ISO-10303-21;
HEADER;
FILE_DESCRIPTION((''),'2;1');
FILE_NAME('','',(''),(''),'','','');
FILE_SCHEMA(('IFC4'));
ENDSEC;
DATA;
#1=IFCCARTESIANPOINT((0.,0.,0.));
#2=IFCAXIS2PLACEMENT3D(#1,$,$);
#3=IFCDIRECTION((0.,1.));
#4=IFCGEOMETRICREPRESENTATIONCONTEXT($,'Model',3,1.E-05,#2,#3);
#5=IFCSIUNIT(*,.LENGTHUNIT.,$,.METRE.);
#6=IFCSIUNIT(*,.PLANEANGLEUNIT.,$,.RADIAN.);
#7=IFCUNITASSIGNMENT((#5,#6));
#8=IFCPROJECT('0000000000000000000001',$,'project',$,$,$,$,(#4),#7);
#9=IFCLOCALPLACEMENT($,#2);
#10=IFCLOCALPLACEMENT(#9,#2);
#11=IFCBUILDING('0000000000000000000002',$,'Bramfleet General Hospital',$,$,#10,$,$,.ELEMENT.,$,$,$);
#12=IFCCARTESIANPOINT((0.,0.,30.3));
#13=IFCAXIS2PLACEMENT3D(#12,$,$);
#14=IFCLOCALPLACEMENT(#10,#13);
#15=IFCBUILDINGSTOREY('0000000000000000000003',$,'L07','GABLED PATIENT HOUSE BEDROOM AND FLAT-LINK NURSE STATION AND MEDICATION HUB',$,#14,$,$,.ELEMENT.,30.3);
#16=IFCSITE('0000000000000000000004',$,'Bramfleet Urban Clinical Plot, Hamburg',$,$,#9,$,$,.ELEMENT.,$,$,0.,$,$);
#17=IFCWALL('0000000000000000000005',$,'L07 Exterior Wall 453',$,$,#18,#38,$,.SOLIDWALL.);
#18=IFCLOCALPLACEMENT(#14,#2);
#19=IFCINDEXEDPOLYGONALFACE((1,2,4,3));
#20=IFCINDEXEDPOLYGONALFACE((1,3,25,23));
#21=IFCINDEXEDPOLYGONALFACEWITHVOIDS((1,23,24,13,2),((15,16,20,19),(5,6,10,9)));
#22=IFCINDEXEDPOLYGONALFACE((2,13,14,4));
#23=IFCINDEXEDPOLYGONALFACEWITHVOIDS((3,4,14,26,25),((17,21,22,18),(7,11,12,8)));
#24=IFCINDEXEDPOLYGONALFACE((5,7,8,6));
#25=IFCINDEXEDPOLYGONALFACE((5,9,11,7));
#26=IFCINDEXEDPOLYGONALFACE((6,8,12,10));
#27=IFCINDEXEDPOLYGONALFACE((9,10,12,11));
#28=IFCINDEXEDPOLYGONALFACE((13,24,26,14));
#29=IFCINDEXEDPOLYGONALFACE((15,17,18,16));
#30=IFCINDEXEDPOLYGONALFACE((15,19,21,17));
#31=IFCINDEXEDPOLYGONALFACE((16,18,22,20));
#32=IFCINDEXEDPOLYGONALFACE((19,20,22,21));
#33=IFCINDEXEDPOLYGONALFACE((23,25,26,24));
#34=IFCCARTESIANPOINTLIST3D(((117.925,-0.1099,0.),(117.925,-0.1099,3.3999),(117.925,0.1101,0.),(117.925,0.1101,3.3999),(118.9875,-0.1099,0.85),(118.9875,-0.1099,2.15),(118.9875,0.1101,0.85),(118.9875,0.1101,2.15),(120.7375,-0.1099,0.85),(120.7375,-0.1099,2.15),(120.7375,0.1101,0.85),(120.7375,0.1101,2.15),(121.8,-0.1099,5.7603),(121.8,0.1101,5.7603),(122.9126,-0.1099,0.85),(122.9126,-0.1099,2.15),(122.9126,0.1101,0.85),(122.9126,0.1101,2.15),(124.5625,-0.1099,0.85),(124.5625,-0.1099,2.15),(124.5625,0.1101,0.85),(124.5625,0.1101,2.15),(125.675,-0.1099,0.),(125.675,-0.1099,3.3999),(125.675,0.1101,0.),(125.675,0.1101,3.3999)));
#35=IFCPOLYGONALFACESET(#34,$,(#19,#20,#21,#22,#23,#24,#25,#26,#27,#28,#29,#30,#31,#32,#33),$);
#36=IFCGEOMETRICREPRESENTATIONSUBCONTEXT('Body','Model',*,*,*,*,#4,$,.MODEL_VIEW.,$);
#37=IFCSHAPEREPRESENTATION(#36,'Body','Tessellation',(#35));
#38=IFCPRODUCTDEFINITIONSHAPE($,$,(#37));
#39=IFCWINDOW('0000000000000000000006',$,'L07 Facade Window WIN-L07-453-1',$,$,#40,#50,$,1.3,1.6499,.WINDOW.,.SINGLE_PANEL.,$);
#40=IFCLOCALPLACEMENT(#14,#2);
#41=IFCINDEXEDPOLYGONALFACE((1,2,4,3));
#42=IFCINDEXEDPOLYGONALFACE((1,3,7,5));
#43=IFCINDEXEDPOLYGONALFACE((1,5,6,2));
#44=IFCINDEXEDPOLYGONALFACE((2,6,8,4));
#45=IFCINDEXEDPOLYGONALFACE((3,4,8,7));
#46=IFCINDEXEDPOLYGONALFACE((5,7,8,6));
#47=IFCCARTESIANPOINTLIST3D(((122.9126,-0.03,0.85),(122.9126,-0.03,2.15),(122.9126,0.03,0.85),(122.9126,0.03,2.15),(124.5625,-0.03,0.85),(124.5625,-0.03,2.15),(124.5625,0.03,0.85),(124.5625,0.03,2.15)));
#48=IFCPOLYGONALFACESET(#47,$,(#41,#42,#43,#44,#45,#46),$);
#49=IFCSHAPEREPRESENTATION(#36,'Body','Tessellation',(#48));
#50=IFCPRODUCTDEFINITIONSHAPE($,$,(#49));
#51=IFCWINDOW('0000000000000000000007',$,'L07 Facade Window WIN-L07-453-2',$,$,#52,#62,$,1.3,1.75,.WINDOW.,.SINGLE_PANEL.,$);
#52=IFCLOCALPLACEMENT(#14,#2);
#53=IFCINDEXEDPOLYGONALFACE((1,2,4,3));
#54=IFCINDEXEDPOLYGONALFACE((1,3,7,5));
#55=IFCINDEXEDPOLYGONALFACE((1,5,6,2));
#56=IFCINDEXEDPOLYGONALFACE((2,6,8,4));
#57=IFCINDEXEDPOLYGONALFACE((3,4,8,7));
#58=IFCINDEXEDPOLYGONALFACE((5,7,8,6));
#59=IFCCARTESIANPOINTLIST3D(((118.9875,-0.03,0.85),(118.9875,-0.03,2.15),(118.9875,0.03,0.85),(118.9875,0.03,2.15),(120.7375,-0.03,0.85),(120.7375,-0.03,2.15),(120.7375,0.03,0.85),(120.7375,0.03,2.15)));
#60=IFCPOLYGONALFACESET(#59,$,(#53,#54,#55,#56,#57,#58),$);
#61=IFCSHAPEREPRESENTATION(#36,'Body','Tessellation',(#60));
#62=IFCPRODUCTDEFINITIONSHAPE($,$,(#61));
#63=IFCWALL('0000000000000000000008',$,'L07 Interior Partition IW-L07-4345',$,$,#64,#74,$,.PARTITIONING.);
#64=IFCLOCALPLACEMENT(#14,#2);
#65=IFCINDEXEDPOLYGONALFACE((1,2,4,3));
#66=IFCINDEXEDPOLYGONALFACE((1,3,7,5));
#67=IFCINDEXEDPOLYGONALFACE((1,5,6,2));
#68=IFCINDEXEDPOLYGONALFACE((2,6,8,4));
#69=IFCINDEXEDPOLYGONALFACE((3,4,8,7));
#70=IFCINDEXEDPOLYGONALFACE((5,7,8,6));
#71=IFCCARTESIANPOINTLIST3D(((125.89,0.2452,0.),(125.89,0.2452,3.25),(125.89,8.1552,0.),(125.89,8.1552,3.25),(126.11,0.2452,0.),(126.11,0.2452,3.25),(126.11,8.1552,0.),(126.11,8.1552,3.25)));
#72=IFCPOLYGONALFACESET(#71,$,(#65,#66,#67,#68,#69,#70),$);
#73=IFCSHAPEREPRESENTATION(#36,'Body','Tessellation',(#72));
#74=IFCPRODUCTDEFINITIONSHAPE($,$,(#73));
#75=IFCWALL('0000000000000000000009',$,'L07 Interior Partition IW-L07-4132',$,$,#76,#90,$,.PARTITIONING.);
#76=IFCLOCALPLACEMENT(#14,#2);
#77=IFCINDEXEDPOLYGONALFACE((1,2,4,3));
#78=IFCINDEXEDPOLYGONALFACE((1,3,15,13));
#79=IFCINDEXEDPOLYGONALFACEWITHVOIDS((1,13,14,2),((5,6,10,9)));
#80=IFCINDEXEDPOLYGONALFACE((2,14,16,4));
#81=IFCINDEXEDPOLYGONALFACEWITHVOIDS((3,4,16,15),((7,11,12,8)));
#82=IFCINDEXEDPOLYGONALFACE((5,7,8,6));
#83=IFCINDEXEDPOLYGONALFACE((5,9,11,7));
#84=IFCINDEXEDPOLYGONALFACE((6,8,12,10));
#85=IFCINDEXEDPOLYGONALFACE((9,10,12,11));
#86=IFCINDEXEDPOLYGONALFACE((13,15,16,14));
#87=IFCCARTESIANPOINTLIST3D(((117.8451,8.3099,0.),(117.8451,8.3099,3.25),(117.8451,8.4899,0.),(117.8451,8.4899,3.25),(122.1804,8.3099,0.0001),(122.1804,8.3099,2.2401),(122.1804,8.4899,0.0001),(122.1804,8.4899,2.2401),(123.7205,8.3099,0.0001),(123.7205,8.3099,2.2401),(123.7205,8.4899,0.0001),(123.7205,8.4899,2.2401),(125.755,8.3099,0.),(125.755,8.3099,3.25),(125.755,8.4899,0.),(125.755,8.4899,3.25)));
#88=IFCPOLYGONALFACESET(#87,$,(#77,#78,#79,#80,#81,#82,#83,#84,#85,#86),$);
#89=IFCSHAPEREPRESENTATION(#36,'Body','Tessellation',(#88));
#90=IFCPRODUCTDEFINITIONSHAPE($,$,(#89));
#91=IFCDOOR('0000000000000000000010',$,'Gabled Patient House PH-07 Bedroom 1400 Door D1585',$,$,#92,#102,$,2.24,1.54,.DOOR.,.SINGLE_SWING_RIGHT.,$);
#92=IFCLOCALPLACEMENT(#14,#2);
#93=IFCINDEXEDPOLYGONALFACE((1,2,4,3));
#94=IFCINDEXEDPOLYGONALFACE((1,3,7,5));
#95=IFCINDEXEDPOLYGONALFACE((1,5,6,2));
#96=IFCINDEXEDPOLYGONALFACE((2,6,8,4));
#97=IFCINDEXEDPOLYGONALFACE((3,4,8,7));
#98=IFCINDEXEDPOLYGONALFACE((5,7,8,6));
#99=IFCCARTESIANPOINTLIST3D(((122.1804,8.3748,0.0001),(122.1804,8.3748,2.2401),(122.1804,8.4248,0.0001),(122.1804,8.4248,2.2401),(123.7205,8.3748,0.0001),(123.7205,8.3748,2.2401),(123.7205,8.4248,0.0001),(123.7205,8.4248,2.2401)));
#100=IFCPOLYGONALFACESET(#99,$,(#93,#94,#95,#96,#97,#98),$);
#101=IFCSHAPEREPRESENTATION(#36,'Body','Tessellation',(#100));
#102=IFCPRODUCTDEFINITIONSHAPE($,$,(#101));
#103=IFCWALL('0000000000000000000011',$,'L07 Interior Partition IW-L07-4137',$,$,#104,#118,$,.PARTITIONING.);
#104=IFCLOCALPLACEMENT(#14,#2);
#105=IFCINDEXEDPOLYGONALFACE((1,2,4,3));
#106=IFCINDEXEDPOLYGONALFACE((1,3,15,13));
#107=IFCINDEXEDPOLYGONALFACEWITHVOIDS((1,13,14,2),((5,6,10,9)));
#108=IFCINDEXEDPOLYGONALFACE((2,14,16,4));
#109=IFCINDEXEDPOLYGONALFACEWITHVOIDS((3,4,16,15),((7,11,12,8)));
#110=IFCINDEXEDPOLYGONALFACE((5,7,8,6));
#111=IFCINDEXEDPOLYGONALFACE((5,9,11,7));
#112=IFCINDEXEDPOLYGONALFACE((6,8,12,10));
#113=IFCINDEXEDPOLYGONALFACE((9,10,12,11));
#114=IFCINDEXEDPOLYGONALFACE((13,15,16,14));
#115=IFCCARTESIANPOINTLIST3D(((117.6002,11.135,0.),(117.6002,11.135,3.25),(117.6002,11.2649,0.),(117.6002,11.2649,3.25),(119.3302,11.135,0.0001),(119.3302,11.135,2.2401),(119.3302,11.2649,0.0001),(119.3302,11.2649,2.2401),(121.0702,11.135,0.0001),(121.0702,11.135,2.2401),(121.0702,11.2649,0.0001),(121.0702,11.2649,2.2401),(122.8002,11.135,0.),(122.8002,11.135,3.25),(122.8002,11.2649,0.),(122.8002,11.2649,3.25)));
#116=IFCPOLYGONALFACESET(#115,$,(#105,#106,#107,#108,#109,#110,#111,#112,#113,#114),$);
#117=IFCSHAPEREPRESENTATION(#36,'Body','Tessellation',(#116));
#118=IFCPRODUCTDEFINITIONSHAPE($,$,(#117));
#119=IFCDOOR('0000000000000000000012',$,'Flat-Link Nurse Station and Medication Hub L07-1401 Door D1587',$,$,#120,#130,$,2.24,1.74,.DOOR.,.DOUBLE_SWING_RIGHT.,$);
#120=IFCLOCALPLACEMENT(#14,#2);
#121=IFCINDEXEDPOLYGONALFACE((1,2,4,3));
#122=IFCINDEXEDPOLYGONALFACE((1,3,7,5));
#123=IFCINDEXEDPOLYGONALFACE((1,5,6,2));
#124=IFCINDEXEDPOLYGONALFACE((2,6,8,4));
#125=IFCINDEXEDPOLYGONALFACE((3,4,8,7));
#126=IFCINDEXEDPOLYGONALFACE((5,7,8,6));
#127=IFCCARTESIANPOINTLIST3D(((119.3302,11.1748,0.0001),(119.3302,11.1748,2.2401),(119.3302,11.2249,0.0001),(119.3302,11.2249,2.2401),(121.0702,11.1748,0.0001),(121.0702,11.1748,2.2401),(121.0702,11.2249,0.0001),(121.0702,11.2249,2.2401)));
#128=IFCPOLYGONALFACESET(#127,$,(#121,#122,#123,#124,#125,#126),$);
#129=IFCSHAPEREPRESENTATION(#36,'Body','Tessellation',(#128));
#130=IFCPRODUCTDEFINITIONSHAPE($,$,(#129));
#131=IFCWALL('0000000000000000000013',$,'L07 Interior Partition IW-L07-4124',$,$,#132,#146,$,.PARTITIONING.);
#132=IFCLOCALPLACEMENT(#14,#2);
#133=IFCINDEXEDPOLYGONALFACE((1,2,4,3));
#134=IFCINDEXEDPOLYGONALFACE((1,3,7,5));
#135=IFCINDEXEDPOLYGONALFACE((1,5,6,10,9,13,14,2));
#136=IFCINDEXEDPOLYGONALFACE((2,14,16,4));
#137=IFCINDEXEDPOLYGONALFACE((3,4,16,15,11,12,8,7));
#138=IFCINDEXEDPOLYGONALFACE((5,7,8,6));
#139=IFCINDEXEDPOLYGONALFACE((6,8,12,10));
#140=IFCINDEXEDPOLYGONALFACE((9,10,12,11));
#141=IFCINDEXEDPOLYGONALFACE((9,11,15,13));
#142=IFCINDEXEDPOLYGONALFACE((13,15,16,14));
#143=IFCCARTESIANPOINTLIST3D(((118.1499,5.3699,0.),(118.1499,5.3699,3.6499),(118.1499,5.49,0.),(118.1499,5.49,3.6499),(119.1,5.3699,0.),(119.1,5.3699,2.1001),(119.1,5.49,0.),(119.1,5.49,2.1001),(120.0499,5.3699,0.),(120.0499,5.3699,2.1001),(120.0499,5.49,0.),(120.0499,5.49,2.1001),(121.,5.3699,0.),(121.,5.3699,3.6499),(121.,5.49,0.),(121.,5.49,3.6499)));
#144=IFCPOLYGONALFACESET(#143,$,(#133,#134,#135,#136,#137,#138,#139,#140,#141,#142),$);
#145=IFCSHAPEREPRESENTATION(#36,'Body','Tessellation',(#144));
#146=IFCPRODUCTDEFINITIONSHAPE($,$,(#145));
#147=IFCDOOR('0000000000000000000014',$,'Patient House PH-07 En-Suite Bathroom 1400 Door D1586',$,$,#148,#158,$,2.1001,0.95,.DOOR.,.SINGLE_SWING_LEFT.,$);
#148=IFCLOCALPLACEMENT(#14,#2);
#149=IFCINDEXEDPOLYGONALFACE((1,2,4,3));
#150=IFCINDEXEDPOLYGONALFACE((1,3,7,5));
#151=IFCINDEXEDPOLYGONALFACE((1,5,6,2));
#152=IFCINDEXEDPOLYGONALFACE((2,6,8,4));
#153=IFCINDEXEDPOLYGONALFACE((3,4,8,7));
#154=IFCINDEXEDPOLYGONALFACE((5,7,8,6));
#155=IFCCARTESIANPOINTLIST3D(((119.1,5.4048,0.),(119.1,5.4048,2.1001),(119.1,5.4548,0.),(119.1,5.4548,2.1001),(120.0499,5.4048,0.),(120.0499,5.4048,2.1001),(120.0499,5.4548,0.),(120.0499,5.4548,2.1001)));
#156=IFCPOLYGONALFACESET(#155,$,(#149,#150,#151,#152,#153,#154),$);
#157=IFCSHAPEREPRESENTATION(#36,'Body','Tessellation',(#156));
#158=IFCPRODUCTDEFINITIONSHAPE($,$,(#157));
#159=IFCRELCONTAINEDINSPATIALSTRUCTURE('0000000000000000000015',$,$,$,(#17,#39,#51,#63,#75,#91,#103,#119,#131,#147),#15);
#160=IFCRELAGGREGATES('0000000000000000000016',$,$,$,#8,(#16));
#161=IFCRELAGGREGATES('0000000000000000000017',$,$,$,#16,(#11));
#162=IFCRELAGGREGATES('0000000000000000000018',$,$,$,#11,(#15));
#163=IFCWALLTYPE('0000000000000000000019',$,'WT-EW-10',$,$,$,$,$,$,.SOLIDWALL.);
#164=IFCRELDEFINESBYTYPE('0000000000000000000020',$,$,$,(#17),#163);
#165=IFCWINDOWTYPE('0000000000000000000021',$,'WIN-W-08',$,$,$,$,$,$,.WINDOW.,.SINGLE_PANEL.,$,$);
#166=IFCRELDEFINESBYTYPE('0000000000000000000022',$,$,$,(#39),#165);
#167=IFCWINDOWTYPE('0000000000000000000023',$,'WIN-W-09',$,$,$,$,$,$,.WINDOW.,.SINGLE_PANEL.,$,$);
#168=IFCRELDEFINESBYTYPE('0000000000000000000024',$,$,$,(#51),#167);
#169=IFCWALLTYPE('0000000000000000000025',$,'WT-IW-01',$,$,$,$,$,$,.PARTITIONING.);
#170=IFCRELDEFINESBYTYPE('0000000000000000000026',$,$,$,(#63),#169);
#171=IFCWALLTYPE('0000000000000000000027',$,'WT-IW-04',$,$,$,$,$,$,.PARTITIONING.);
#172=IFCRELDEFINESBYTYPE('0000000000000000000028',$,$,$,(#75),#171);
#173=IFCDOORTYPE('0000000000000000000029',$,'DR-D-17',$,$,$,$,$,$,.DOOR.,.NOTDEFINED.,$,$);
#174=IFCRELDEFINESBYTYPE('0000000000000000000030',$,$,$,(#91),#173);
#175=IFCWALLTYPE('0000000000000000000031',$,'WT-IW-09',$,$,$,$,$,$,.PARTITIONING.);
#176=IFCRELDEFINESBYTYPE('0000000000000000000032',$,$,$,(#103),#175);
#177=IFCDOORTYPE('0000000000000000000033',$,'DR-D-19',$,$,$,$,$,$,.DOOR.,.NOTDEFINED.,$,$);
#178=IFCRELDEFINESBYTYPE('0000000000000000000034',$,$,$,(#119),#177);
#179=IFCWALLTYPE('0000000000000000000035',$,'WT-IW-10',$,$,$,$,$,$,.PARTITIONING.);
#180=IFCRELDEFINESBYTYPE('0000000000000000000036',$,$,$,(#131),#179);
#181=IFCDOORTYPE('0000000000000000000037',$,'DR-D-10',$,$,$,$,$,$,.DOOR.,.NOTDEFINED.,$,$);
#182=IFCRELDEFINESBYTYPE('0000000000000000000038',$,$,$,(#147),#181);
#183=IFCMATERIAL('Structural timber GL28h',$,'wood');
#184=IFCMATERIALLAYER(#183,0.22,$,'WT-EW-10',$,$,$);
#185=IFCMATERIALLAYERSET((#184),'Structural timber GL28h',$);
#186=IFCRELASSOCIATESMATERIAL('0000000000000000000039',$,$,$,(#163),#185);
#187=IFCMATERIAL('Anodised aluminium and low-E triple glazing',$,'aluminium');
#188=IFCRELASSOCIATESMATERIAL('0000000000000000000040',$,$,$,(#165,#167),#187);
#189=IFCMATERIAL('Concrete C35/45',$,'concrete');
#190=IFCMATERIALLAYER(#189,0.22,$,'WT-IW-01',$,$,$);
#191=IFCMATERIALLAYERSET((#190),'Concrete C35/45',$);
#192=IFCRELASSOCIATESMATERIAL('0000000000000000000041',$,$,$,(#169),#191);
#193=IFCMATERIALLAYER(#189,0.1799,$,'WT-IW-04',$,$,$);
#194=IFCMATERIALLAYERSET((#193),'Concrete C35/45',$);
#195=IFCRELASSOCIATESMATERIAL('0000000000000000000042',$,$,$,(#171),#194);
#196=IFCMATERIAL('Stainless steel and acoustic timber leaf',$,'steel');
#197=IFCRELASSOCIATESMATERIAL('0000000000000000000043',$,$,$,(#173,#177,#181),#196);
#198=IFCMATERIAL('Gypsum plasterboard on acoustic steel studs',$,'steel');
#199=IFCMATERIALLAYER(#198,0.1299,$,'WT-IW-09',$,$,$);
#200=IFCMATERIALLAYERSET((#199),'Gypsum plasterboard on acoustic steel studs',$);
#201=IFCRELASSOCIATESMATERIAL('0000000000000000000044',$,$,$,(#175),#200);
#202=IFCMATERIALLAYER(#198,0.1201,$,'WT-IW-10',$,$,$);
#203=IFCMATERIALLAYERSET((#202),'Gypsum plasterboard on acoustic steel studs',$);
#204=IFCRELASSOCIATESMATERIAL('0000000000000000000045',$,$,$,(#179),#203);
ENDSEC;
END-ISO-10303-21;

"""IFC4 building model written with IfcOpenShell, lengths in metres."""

from ifc_helpers import new_model, si_unit, direction, frame, frame_2d, origin, place, context, subcontext, project, spatial, polyline, rectangle, outline, extrude, material, layer, layer_set, type_object, element, fill, save


model = new_model("IFC4")

# Units and contexts
model_context = context("Model", 3, precision=1e-05, world=origin(), true_north=direction((0.0, 1.0)))
body_context = subcontext(model_context, "Body", "Model", "MODEL_VIEW")
ifc_project = project(units=[si_unit("LENGTHUNIT", "METRE"), si_unit("PLANEANGLEUNIT", "RADIAN")], contexts=[model_context])

# Site, building, storey
site_placement = place(None, origin())
site = spatial("IfcSite", under=ifc_project, at=site_placement, Name="Bramfleet Urban Clinical Plot, Hamburg", CompositionType="ELEMENT", RefElevation=0.0)
building_placement = place(site_placement, origin())
building = spatial("IfcBuilding", under=site, at=building_placement, Name="Bramfleet General Hospital", CompositionType="ELEMENT")
storey_placement = place(building_placement, frame((0.0, 0.0, 30.3)))
storey = spatial("IfcBuildingStorey", under=building, at=storey_placement, Name="L07", Description="GABLED PATIENT HOUSE BEDROOM AND FLAT-LINK NURSE STATION AND MEDICATION HUB", CompositionType="ELEMENT", Elevation=30.3)

# Wall, openings, windows
ifc_material_1 = material(Name="Structural timber GL28h", Category="wood")
ifc_layer_1 = layer(ifc_material_1, 0.22, Name="WT-EW-10")
ifc_layer_set_1 = layer_set([ifc_layer_1], Name="Structural timber GL28h")
wall_type_1 = type_object("IfcWallType", Name="WT-EW-10", PredefinedType="SOLIDWALL", material=ifc_layer_set_1)
wall_1_placement = place(storey_placement, frame((125.675, 0.0, 0.0), z_axis=(0.0, 0.0, 1.0), x_axis=(-1.0, 0.0, 0.0)))
wall_1 = element("IfcWall", 1, at=wall_1_placement, inside=storey, type_object=wall_type_1, Name="L07 Exterior Wall 453", PredefinedType="SOLIDWALL", context=body_context, shape_type="SweptSolid", body=[
    extrude(outline(polyline([(0.0, 0.0), (7.75, 0.0), (7.75, 3.3999), (3.875, 5.7603), (0.0, 3.3999), (0.0, 0.0)])), frame((0.0, 0.1099, 0.0), z_axis=(0.0, -1.0, 0.0), x_axis=(1.0, 0.0, 0.0)), (0.0, 0.0, 1.0), 0.22),
])
opening_1_placement = place(wall_1_placement, frame((1.1125, 0.0, 0.8501)))
opening_1 = element("IfcOpeningElement", 2, at=opening_1_placement, cuts=wall_1, PredefinedType="OPENING", context=body_context, shape_type="SweptSolid", body=[
    extrude(rectangle(XDim=1.6499, YDim=1.3, at=frame_2d((0.825, 0.6499))), frame((0.0, 0.1199, 0.0), z_axis=(0.0, -1.0, 0.0), x_axis=(1.0, 0.0, 0.0)), (0.0, 0.0, 1.0), 0.24),
])
opening_2_placement = place(wall_1_placement, frame((4.9375, 0.0, 0.8501)))
opening_2 = element("IfcOpeningElement", 3, at=opening_2_placement, cuts=wall_1, PredefinedType="OPENING", context=body_context, shape_type="SweptSolid", body=[
    extrude(rectangle(XDim=1.75, YDim=1.3, at=frame_2d((0.875, 0.6499))), frame((0.0, 0.1199, 0.0), z_axis=(0.0, -1.0, 0.0), x_axis=(1.0, 0.0, 0.0)), (0.0, 0.0, 1.0), 0.24),
])
ifc_material_2 = material(Name="Anodised aluminium and low-E triple glazing", Category="aluminium")
window_type_1 = type_object("IfcWindowType", Name="WIN-W-08", PartitioningType="SINGLE_PANEL", PredefinedType="WINDOW", material=ifc_material_2)
window_1_placement = place(opening_1_placement, origin())
window_1 = element("IfcWindow", 4, at=window_1_placement, inside=storey, type_object=window_type_1, Name="L07 Facade Window WIN-L07-453-1", OverallHeight=1.3, OverallWidth=1.6499, PartitioningType="SINGLE_PANEL", PredefinedType="WINDOW", context=body_context, shape_type="SweptSolid", body=[
    extrude(rectangle(XDim=1.6499, YDim=1.3, at=frame_2d((0.825, 0.6499))), frame((0.0, 0.03, 0.0), z_axis=(0.0, -1.0, 0.0), x_axis=(1.0, 0.0, 0.0)), (0.0, 0.0, 1.0), 0.0601),
])
fill(opening_1, window_1)
window_type_2 = type_object("IfcWindowType", Name="WIN-W-09", PartitioningType="SINGLE_PANEL", PredefinedType="WINDOW", material=ifc_material_2)
window_2_placement = place(opening_2_placement, origin())
window_2 = element("IfcWindow", 5, at=window_2_placement, inside=storey, type_object=window_type_2, Name="L07 Facade Window WIN-L07-453-2", OverallHeight=1.3, OverallWidth=1.75, PartitioningType="SINGLE_PANEL", PredefinedType="WINDOW", context=body_context, shape_type="SweptSolid", body=[
    extrude(rectangle(XDim=1.75, YDim=1.3, at=frame_2d((0.875, 0.6499))), frame((0.0, 0.03, 0.0), z_axis=(0.0, -1.0, 0.0), x_axis=(1.0, 0.0, 0.0)), (0.0, 0.0, 1.0), 0.0601),
])
fill(opening_2, window_2)

# Wall
ifc_material_3 = material(Name="Concrete C35/45", Category="concrete")
ifc_layer_2 = layer(ifc_material_3, 0.22, Name="WT-IW-01")
ifc_layer_set_2 = layer_set([ifc_layer_2], Name="Concrete C35/45")
wall_type_2 = type_object("IfcWallType", Name="WT-IW-01", PredefinedType="PARTITIONING", material=ifc_layer_set_2)
wall_2_placement = place(storey_placement, frame((126.0, 0.2451, 0.0), z_axis=(0.0, 0.0, 1.0), x_axis=(0.0, 1.0, 0.0)))
element("IfcWall", 6, at=wall_2_placement, inside=storey, type_object=wall_type_2, Name="L07 Interior Partition IW-L07-4345", PredefinedType="PARTITIONING", context=body_context, shape_type="SweptSolid", body=[
    extrude(rectangle(XDim=7.9099, YDim=0.22, at=frame_2d((3.9551, 0.0))), origin(), (0.0, 0.0, 1.0), 3.25),
])

# Walls, openings, doors
ifc_layer_3 = layer(ifc_material_3, 0.1799, Name="WT-IW-04")
ifc_layer_set_3 = layer_set([ifc_layer_3], Name="Concrete C35/45")
wall_type_3 = type_object("IfcWallType", Name="WT-IW-04", PredefinedType="PARTITIONING", material=ifc_layer_set_3)
wall_3_placement = place(storey_placement, frame((117.845, 8.3999, 0.0), z_axis=(0.0, 0.0, 1.0), x_axis=(1.0, 0.0, 0.0)))
wall_3 = element("IfcWall", 7, at=wall_3_placement, inside=storey, type_object=wall_type_3, Name="L07 Interior Partition IW-L07-4132", PredefinedType="PARTITIONING", context=body_context, shape_type="SweptSolid", body=[
    extrude(rectangle(XDim=7.9099, YDim=0.1799, at=frame_2d((3.9551, 0.0))), origin(), (0.0, 0.0, 1.0), 3.25),
])
opening_3_placement = place(wall_3_placement, frame((4.3354, 0.0, 0.0)))
opening_3 = element("IfcOpeningElement", 8, at=opening_3_placement, cuts=wall_3, PredefinedType="OPENING", context=body_context, shape_type="SweptSolid", body=[
    extrude(rectangle(XDim=1.54, YDim=2.24, at=frame_2d((0.77, 1.1201))), frame((0.0, 0.0999, 0.0), z_axis=(0.0, -1.0, 0.0), x_axis=(1.0, 0.0, 0.0)), (0.0, 0.0, 1.0), 0.2),
])
ifc_material_4 = material(Name="Stainless steel and acoustic timber leaf", Category="steel")
door_type_1 = type_object("IfcDoorType", Name="DR-D-17", OperationType="NOTDEFINED", PredefinedType="DOOR", material=ifc_material_4)
door_1_placement = place(opening_3_placement, origin())
door_1 = element("IfcDoor", 9, at=door_1_placement, inside=storey, type_object=door_type_1, Name="Gabled Patient House PH-07 Bedroom 1400 Door D1585", OperationType="SINGLE_SWING_RIGHT", OverallHeight=2.24, OverallWidth=1.54, PredefinedType="DOOR", context=body_context, shape_type="SweptSolid", body=[
    extrude(rectangle(XDim=1.54, YDim=2.24, at=frame_2d((0.77, 1.1201))), frame((0.0, 0.0249, 0.0), z_axis=(0.0, -1.0, 0.0), x_axis=(1.0, 0.0, 0.0)), (0.0, 0.0, 1.0), 0.05),
])
fill(opening_3, door_1)
ifc_material_5 = material(Name="Gypsum plasterboard on acoustic steel studs", Category="steel")
ifc_layer_4 = layer(ifc_material_5, 0.1299, Name="WT-IW-09")
ifc_layer_set_4 = layer_set([ifc_layer_4], Name="Gypsum plasterboard on acoustic steel studs")
wall_type_4 = type_object("IfcWallType", Name="WT-IW-09", PredefinedType="PARTITIONING", material=ifc_layer_set_4)
wall_4_placement = place(storey_placement, frame((117.6001, 11.2, 0.0), z_axis=(0.0, 0.0, 1.0), x_axis=(1.0, 0.0, 0.0)))
wall_4 = element("IfcWall", 10, at=wall_4_placement, inside=storey, type_object=wall_type_4, Name="L07 Interior Partition IW-L07-4137", PredefinedType="PARTITIONING", context=body_context, shape_type="SweptSolid", body=[
    extrude(rectangle(XDim=5.2, YDim=0.1299, at=frame_2d((2.6001, 0.0))), origin(), (0.0, 0.0, 1.0), 3.25),
])
opening_4_placement = place(wall_4_placement, frame((1.73, 0.0, 0.0)))
opening_4 = element("IfcOpeningElement", 11, at=opening_4_placement, cuts=wall_4, PredefinedType="OPENING", context=body_context, shape_type="SweptSolid", body=[
    extrude(rectangle(XDim=1.74, YDim=2.24, at=frame_2d((0.8701, 1.1201))), frame((0.0, 0.075, 0.0), z_axis=(0.0, -1.0, 0.0), x_axis=(1.0, 0.0, 0.0)), (0.0, 0.0, 1.0), 0.1499),
])
door_type_2 = type_object("IfcDoorType", Name="DR-D-19", OperationType="NOTDEFINED", PredefinedType="DOOR", material=ifc_material_4)
door_2_placement = place(opening_4_placement, origin())
door_2 = element("IfcDoor", 12, at=door_2_placement, inside=storey, type_object=door_type_2, Name="Flat-Link Nurse Station and Medication Hub L07-1401 Door D1587", OperationType="DOUBLE_SWING_RIGHT", OverallHeight=2.24, OverallWidth=1.74, PredefinedType="DOOR", context=body_context, shape_type="SweptSolid", body=[
    extrude(rectangle(XDim=1.74, YDim=2.24, at=frame_2d((0.8701, 1.1201))), frame((0.0, 0.0249, 0.0), z_axis=(0.0, -1.0, 0.0), x_axis=(1.0, 0.0, 0.0)), (0.0, 0.0, 1.0), 0.05),
])
fill(opening_4, door_2)
ifc_layer_5 = layer(ifc_material_5, 0.1201, Name="WT-IW-10")
ifc_layer_set_5 = layer_set([ifc_layer_5], Name="Gypsum plasterboard on acoustic steel studs")
wall_type_5 = type_object("IfcWallType", Name="WT-IW-10", PredefinedType="PARTITIONING", material=ifc_layer_set_5)
wall_5_placement = place(storey_placement, frame((118.1499, 5.4299, 0.0), z_axis=(0.0, 0.0, 1.0), x_axis=(1.0, 0.0, 0.0)))
wall_5 = element("IfcWall", 13, at=wall_5_placement, inside=storey, type_object=wall_type_5, Name="L07 Interior Partition IW-L07-4124", PredefinedType="PARTITIONING", context=body_context, shape_type="SweptSolid", body=[
    extrude(rectangle(XDim=2.8501, YDim=0.1201, at=frame_2d((1.425, 0.0))), origin(), (0.0, 0.0, 1.0), 3.6499),
])
opening_5_placement = place(wall_5_placement, frame((0.95, 0.0, 0.0)))
opening_5 = element("IfcOpeningElement", 14, at=opening_5_placement, cuts=wall_5, PredefinedType="OPENING", context=body_context, shape_type="SweptSolid", body=[
    extrude(rectangle(XDim=0.95, YDim=2.1001, at=frame_2d((0.4751, 1.05))), frame((0.0, 0.0701, 0.0), z_axis=(0.0, -1.0, 0.0), x_axis=(1.0, 0.0, 0.0)), (0.0, 0.0, 1.0), 0.1401),
])
door_type_3 = type_object("IfcDoorType", Name="DR-D-10", OperationType="NOTDEFINED", PredefinedType="DOOR", material=ifc_material_4)
door_3_placement = place(opening_5_placement, origin())
door_3 = element("IfcDoor", 15, at=door_3_placement, inside=storey, type_object=door_type_3, Name="Patient House PH-07 En-Suite Bathroom 1400 Door D1586", OperationType="SINGLE_SWING_LEFT", OverallHeight=2.1001, OverallWidth=0.95, PredefinedType="DOOR", context=body_context, shape_type="SweptSolid", body=[
    extrude(rectangle(XDim=0.95, YDim=2.1001, at=frame_2d((0.4751, 1.05))), frame((0.0, 0.0249, 0.0), z_axis=(0.0, -1.0, 0.0), x_axis=(1.0, 0.0, 0.0)), (0.0, 0.0, 1.0), 0.05),
])
fill(opening_5, door_3)

save(model, "model.ifc")
